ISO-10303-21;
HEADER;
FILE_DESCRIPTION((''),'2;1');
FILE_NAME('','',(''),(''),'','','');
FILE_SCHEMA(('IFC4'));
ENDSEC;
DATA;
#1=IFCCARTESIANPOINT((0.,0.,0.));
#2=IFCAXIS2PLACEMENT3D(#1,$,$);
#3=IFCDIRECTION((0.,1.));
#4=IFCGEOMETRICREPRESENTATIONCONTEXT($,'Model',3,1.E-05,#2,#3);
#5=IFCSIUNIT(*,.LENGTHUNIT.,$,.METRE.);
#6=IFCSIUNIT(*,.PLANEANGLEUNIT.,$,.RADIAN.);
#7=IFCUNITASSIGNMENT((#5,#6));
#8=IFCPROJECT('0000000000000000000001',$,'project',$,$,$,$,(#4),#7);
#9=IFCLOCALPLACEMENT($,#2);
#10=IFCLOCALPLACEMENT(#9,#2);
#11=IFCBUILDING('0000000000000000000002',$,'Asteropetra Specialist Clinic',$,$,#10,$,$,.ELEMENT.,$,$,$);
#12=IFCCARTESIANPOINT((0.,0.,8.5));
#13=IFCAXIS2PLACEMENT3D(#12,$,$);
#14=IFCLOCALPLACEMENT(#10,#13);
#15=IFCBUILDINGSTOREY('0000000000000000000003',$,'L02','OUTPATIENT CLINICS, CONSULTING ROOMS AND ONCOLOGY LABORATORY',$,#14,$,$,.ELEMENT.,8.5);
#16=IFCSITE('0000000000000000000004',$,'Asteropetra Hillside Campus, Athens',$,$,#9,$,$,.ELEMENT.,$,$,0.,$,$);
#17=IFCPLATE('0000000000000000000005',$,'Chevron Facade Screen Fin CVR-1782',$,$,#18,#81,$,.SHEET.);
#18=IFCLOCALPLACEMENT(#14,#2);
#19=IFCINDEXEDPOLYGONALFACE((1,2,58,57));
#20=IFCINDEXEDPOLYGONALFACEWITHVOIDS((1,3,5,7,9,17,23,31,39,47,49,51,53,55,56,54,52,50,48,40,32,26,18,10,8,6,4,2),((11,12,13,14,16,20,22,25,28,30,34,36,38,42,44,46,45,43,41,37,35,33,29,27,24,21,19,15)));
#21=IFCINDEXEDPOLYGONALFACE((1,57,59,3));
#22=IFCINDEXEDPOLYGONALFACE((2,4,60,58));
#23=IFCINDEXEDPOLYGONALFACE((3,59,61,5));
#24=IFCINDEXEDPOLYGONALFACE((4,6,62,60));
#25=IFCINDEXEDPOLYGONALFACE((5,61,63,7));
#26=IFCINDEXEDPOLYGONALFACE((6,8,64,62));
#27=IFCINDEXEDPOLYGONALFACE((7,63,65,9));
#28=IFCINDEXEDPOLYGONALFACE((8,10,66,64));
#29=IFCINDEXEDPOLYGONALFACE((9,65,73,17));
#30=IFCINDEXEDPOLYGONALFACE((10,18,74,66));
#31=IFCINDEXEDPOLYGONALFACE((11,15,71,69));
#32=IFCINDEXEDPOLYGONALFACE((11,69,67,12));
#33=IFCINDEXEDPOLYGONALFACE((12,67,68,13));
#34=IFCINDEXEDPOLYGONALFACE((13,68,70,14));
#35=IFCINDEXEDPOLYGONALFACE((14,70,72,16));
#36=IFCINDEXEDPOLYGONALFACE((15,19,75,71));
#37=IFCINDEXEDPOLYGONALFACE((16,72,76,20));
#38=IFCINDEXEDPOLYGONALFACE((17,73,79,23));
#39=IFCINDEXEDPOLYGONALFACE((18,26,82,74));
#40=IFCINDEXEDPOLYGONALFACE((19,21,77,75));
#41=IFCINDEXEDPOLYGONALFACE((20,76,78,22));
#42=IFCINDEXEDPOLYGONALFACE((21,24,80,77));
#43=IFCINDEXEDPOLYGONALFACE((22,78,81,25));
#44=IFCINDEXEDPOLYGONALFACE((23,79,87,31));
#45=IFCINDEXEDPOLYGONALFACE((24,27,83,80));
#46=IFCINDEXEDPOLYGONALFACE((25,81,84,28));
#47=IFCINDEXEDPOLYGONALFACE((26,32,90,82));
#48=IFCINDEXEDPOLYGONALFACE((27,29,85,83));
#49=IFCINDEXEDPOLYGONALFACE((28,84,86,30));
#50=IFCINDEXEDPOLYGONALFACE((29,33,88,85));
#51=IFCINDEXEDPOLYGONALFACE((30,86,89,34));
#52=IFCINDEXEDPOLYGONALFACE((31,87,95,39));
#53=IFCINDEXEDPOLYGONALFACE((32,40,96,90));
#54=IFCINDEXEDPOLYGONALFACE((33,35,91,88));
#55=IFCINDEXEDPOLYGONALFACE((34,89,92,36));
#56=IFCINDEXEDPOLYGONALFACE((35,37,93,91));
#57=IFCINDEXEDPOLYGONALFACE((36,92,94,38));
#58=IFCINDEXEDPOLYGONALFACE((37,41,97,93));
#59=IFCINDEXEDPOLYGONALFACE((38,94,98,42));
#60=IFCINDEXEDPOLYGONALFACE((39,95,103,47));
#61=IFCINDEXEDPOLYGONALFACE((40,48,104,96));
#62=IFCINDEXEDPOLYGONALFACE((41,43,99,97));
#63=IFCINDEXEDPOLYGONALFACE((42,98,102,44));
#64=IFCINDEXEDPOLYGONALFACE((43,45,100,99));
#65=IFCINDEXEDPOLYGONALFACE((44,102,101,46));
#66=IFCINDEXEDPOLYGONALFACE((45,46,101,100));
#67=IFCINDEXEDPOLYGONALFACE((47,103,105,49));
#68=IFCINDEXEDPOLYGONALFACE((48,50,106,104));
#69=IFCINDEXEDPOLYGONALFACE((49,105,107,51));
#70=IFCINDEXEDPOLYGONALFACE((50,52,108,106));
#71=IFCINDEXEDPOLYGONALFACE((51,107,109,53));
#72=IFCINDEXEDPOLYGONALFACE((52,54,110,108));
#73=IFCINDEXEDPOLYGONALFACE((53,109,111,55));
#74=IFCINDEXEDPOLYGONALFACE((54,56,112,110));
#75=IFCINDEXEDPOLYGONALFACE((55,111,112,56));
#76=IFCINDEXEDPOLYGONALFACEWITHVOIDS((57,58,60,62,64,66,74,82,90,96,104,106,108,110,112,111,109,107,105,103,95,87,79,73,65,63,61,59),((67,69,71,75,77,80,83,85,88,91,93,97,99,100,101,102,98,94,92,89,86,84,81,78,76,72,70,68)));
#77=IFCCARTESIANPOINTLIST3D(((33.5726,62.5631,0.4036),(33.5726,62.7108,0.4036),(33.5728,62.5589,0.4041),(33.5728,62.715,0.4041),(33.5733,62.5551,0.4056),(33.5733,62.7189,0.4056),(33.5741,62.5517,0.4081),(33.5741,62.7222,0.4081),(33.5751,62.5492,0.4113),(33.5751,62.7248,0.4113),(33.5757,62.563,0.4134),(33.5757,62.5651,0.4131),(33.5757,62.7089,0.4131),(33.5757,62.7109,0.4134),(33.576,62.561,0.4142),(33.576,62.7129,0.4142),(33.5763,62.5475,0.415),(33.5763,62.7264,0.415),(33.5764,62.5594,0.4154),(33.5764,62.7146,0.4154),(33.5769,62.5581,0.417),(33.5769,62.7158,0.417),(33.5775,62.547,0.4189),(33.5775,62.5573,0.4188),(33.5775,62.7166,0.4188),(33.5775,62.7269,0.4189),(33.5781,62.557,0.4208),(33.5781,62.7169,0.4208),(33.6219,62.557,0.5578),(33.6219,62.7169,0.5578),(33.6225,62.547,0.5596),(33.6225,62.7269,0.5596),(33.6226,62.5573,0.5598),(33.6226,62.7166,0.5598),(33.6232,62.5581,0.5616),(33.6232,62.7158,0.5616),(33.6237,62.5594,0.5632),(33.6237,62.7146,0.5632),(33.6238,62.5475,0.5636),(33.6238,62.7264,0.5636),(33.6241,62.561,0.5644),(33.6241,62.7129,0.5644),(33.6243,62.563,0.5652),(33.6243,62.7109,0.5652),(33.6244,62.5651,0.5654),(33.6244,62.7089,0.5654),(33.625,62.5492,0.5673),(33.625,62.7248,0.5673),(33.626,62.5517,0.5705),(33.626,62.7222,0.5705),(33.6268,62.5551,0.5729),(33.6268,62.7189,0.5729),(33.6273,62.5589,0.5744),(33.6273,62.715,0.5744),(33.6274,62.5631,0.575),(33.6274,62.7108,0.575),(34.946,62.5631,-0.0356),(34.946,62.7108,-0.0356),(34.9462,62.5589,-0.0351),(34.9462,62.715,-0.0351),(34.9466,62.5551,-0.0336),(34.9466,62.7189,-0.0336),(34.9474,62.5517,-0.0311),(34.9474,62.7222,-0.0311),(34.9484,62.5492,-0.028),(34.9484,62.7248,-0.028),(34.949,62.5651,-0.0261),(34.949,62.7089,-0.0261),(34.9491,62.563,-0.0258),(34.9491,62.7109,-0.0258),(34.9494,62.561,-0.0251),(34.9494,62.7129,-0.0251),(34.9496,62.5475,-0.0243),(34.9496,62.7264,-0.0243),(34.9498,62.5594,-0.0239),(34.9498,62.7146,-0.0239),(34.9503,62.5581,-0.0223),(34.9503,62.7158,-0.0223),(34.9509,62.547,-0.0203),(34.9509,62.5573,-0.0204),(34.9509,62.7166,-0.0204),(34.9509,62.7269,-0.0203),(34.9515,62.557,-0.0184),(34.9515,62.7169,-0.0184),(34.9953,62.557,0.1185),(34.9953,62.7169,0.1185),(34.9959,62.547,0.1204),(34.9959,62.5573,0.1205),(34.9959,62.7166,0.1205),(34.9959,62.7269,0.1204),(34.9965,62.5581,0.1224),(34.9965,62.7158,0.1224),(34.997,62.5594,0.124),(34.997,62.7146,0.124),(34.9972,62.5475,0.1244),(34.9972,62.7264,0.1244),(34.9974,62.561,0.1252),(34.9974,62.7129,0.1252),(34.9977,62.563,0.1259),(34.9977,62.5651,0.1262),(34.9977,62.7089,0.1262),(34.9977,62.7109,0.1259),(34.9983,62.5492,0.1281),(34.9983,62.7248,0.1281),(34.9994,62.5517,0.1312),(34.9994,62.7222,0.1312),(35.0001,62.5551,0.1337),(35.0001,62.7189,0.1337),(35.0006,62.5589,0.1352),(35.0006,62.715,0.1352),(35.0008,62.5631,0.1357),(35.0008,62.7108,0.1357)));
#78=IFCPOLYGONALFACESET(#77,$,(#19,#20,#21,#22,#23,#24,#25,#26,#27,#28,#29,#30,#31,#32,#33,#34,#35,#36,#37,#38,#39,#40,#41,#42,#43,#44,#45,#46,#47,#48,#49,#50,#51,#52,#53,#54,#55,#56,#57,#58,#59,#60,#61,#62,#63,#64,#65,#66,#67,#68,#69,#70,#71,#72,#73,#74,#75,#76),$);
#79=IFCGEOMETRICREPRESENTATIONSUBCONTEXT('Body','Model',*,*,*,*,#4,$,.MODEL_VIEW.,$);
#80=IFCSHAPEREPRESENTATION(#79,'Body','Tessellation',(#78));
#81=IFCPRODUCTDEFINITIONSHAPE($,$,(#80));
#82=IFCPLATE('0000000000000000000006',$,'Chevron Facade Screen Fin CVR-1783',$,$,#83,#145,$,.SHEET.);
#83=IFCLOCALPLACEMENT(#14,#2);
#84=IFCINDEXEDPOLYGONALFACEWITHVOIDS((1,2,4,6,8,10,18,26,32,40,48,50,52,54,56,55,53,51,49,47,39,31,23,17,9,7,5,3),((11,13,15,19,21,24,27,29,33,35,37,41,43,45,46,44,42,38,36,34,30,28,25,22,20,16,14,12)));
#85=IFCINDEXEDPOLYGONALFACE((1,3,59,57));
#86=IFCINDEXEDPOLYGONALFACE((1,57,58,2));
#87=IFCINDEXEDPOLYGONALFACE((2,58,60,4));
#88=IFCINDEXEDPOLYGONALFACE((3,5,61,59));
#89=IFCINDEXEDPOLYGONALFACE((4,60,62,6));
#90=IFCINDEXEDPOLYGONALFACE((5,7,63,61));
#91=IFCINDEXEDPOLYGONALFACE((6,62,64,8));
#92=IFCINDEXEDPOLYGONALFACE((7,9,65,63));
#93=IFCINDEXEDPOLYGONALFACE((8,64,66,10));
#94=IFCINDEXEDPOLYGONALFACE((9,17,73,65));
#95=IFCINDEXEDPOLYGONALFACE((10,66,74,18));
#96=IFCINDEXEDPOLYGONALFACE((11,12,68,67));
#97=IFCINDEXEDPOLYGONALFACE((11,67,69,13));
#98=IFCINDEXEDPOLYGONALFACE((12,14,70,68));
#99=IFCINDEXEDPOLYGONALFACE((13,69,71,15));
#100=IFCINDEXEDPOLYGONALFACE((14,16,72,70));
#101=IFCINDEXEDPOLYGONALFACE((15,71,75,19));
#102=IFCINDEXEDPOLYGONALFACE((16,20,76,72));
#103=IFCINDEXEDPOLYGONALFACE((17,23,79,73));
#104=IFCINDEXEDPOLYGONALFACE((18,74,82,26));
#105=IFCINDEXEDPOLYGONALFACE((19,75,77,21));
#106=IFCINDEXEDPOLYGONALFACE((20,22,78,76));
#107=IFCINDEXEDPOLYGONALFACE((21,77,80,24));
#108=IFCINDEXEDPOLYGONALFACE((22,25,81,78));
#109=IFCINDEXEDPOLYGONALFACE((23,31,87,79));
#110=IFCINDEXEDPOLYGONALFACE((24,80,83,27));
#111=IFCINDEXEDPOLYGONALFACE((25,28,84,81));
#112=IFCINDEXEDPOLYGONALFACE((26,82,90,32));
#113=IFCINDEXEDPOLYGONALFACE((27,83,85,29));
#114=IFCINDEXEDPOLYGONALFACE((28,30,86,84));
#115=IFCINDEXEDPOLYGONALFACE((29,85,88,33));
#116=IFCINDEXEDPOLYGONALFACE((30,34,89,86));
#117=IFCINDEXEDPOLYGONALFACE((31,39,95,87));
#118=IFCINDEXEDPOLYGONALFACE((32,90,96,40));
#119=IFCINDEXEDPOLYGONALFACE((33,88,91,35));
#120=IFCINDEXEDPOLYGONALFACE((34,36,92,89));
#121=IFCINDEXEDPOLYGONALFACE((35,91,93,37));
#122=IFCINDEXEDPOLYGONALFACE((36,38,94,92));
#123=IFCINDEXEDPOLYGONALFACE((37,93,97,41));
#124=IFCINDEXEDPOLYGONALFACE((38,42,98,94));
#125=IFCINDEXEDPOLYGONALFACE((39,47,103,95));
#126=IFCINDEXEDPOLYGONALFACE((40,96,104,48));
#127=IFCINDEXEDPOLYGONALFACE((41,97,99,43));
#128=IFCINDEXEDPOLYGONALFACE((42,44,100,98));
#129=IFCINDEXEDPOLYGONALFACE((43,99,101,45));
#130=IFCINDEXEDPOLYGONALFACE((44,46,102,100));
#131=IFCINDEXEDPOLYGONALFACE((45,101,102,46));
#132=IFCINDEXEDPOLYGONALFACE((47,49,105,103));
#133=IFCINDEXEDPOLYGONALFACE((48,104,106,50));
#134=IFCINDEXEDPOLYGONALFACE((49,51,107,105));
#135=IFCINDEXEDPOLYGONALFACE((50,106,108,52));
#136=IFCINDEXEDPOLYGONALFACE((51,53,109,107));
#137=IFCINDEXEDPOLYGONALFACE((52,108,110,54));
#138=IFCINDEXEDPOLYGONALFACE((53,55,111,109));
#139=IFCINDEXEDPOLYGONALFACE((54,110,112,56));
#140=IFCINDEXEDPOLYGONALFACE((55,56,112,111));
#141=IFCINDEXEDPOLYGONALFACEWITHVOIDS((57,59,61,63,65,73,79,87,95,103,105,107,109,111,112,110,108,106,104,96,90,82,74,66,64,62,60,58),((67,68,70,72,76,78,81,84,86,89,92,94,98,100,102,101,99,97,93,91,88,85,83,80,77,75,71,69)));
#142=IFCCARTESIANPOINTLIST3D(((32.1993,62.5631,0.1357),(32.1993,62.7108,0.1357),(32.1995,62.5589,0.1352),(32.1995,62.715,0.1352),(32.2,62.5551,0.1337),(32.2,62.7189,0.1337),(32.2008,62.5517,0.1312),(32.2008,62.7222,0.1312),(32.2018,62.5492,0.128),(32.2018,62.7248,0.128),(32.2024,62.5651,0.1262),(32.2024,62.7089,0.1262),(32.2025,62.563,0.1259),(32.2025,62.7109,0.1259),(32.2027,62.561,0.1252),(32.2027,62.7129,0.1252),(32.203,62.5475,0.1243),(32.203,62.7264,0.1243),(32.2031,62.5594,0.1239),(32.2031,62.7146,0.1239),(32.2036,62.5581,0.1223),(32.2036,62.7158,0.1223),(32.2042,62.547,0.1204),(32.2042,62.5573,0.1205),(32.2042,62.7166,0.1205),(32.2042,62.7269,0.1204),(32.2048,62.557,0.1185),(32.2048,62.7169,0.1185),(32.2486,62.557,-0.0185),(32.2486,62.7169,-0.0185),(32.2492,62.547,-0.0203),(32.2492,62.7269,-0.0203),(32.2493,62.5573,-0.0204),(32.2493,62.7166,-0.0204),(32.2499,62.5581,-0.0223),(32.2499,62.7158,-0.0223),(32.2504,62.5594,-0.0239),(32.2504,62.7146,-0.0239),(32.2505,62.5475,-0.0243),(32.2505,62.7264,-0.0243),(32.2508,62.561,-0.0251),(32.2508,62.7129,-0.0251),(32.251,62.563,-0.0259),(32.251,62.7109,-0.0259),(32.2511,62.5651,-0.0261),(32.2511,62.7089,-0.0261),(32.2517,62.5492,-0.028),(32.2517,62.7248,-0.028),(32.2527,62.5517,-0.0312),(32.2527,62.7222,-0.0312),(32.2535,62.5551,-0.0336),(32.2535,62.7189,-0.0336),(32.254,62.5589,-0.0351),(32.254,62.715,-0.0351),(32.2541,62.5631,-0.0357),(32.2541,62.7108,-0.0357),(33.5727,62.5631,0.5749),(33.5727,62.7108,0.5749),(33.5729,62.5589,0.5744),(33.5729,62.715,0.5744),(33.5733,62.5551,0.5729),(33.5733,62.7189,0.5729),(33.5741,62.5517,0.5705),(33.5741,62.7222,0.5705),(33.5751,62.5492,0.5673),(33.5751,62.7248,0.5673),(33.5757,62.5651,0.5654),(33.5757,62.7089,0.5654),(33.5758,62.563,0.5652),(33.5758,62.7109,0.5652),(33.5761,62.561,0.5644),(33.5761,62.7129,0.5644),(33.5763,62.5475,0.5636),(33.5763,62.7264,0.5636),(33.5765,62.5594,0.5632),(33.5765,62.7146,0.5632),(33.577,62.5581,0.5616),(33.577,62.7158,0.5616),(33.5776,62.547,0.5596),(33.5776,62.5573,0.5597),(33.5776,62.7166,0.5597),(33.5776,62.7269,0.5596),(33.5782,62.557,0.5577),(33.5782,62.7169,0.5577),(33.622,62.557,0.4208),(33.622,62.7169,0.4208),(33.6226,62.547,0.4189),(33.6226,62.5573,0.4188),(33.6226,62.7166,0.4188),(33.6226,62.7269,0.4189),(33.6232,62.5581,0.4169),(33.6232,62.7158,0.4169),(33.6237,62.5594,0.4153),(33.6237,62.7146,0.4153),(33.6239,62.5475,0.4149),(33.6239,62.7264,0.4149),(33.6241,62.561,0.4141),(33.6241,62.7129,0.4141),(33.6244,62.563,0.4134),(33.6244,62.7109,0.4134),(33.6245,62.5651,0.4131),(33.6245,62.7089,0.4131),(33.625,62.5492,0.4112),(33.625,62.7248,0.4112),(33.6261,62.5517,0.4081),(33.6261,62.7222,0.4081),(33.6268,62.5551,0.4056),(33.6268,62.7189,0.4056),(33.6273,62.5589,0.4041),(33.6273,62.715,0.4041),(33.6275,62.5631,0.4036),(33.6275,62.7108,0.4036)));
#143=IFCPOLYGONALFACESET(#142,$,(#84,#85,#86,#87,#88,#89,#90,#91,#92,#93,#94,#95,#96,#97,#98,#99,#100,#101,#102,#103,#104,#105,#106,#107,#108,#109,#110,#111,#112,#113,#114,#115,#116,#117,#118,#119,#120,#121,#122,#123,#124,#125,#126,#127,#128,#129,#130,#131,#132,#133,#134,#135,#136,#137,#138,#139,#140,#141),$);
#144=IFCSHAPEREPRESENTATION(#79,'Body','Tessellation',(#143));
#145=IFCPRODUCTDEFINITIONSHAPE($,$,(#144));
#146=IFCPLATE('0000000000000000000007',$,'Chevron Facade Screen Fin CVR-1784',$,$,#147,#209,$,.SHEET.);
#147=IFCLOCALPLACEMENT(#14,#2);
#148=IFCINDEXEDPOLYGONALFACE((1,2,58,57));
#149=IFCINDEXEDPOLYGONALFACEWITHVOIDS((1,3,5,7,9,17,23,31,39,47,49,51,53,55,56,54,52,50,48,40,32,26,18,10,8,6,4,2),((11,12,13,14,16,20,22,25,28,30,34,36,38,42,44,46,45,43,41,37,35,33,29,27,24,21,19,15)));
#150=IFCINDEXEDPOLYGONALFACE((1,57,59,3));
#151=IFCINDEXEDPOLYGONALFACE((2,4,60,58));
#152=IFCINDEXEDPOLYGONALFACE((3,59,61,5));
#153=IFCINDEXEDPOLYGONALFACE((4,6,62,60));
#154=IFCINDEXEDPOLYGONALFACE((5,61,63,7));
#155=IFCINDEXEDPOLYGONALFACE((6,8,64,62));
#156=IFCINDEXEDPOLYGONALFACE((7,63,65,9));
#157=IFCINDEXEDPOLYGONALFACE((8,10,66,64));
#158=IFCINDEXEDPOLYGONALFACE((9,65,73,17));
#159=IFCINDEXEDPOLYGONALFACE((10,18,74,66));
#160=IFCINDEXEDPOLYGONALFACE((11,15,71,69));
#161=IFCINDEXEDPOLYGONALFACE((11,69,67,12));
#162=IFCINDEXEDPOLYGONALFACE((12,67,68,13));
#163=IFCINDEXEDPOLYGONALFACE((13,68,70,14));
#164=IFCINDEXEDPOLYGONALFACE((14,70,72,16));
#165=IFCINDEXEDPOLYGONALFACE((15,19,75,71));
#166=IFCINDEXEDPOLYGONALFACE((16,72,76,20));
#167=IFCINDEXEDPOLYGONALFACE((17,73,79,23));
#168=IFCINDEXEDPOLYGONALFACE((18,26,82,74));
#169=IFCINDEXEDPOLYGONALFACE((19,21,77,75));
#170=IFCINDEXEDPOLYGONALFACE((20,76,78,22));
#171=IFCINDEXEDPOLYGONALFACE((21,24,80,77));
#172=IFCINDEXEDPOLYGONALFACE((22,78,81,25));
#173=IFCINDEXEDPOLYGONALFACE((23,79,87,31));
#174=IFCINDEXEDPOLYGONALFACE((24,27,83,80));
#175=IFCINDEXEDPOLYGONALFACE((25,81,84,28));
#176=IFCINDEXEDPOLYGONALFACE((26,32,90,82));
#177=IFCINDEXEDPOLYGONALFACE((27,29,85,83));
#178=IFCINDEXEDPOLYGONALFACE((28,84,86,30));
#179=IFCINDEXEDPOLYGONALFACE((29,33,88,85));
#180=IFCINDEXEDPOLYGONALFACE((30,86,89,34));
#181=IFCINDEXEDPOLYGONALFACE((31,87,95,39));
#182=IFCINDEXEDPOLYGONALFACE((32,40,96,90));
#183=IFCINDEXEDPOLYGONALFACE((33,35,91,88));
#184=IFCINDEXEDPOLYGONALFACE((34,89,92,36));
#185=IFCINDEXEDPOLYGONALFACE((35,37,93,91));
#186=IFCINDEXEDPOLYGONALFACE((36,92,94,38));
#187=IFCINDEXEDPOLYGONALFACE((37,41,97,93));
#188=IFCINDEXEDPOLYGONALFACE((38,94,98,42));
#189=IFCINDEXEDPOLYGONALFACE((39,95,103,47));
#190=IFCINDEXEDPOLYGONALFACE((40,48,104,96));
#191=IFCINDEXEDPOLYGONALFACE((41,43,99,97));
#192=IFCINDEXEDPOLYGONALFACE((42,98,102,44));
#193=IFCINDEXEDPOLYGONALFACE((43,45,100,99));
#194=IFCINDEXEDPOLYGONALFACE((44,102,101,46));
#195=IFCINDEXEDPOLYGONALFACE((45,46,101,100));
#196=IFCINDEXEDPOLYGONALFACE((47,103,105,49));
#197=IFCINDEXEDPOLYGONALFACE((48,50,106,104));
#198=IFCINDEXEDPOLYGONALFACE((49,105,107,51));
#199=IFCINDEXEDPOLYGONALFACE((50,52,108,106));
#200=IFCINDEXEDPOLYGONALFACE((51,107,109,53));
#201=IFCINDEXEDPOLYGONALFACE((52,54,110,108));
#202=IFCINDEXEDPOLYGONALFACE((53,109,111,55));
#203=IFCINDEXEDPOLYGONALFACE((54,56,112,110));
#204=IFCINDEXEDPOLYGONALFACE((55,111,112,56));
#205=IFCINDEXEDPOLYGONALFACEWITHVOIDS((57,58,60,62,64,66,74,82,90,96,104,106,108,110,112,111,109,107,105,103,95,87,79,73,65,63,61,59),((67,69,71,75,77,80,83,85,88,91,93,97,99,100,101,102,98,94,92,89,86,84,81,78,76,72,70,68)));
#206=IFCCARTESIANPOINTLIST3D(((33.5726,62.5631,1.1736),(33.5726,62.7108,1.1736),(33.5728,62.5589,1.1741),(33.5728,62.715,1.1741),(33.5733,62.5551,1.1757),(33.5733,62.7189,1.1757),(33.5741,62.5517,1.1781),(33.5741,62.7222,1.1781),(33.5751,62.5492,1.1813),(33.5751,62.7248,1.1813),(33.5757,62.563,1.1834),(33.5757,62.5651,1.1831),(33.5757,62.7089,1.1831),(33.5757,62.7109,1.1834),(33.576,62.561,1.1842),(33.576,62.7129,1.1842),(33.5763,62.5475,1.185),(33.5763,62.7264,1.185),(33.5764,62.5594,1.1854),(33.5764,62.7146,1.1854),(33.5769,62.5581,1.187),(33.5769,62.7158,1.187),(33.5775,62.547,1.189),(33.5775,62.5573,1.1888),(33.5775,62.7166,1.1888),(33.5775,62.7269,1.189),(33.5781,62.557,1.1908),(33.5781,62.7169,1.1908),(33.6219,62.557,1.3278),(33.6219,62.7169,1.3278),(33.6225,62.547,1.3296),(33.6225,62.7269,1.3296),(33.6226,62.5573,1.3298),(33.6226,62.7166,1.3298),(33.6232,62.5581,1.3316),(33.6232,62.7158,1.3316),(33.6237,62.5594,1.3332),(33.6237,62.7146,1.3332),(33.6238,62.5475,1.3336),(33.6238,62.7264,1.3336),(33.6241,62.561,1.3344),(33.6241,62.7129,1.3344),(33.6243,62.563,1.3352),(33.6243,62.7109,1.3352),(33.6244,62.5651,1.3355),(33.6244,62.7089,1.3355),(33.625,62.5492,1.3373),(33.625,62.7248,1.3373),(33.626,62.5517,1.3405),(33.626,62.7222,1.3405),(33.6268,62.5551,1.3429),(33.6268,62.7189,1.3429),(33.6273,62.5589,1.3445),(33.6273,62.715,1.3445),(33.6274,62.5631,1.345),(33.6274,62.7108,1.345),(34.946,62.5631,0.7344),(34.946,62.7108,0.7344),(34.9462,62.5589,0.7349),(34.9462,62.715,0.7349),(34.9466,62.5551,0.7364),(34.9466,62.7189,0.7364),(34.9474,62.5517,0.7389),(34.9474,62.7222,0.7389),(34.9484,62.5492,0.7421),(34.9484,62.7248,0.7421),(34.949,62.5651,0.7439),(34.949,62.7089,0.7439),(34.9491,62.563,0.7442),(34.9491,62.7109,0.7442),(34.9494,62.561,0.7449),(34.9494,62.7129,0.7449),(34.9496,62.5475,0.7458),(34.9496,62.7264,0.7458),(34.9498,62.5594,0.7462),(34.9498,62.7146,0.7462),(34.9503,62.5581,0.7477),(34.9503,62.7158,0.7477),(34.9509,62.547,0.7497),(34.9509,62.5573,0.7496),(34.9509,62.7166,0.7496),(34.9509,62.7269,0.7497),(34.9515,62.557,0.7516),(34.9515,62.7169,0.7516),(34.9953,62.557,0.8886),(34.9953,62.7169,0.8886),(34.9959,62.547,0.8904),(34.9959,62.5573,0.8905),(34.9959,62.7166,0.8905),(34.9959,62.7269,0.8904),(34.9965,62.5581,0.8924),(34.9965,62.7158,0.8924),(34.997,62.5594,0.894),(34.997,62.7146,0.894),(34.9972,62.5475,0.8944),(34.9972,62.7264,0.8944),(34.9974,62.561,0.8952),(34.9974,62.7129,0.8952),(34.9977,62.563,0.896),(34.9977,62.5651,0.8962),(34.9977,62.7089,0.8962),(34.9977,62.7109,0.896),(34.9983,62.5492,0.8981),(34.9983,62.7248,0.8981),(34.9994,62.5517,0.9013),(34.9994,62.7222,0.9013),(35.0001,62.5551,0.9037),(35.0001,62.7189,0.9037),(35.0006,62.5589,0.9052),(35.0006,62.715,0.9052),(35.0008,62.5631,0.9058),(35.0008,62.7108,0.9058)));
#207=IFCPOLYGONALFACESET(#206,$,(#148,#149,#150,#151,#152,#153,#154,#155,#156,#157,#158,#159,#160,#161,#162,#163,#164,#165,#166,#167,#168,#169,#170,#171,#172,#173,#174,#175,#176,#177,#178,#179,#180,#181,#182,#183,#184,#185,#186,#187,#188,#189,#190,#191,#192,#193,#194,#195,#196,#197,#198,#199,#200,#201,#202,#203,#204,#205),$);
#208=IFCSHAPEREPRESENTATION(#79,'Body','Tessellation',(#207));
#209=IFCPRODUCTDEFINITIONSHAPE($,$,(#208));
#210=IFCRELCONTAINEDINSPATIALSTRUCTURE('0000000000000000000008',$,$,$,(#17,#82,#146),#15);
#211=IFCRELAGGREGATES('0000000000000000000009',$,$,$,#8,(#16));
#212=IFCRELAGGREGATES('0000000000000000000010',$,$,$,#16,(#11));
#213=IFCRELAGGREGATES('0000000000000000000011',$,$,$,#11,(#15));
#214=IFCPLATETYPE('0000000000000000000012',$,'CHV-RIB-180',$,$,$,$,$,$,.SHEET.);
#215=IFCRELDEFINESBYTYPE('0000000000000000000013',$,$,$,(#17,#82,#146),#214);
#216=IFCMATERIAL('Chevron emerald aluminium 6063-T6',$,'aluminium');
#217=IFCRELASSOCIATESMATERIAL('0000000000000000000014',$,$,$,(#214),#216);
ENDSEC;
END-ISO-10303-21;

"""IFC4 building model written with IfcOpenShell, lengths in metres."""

from ifc_helpers import new_model, si_unit, direction, frame, origin, origin_2d, place, context, subcontext, project, spatial, hollow_rectangle, extrude, material, material_profile, profile_set, type_object, element, save


model = new_model("IFC4")

# Units and contexts
model_context = context("Model", 3, precision=1e-05, world=origin(), true_north=direction((0.0, 1.0)))
body_context = subcontext(model_context, "Body", "Model", "MODEL_VIEW")
ifc_project = project(units=[si_unit("LENGTHUNIT", "METRE"), si_unit("PLANEANGLEUNIT", "RADIAN")], contexts=[model_context])

# Site, building, storey
site_placement = place(None, origin())
site = spatial("IfcSite", under=ifc_project, at=site_placement, Name="Asteropetra Hillside Campus, Athens", CompositionType="ELEMENT", RefElevation=0.0)
building_placement = place(site_placement, origin())
building = spatial("IfcBuilding", under=site, at=building_placement, Name="Asteropetra Specialist Clinic", CompositionType="ELEMENT")
storey_placement = place(building_placement, frame((0.0, 0.0, 8.5)))
storey = spatial("IfcBuildingStorey", under=building, at=storey_placement, Name="L02", Description="OUTPATIENT CLINICS, CONSULTING ROOMS AND ONCOLOGY LABORATORY", CompositionType="ELEMENT", Elevation=8.5)

# Plates
ifc_material_1 = material(Name="Chevron emerald aluminium 6063-T6", Category="aluminium")
ifc_material_profile = material_profile(ifc_material_1, hollow_rectangle(XDim=0.1799, YDim=0.1799, WallThickness=0.01, InnerFilletRadius=0.0081, OuterFilletRadius=0.0161, at=origin_2d()), Name="SHS 180x180x10.0")
ifc_profile_set = profile_set([ifc_material_profile], Name="Chevron emerald aluminium 6063-T6")
plate_type_1 = type_object("IfcPlateType", Name="CHV-RIB-180", PredefinedType="SHEET", material=ifc_profile_set)
for number, where, z_axis, x_axis, name in (
    (1, (34.9734, 62.637, 0.05), (-0.952473, 0.0, 0.304622), (0.0, -1.0, 0.0), "Chevron Facade Screen Fin CVR-1782"),
    (2, (33.6001, 62.637, 0.4893), (-0.952473, 0.0, -0.304622), (0.0, -1.0, 0.0), "Chevron Facade Screen Fin CVR-1783"),
    (3, (34.9734, 62.637, 0.8201), (-0.952473, 0.0, 0.304622), (0.0, -1.0, 0.0), "Chevron Facade Screen Fin CVR-1784"),
):
    element("IfcPlate", number, at=place(storey_placement, frame(where, z_axis=z_axis, x_axis=x_axis)), inside=storey, type_object=plate_type_1, Name=name, PredefinedType="SHEET", context=body_context, shape_type="SweptSolid", body=[
        extrude(hollow_rectangle(XDim=0.1799, YDim=0.1799, WallThickness=0.01, InnerFilletRadius=0.0081, OuterFilletRadius=0.0161, at=origin_2d()), origin(), (0.0, 0.0, 1.0), 1.4419),
    ])

save(model, "model.ifc")
